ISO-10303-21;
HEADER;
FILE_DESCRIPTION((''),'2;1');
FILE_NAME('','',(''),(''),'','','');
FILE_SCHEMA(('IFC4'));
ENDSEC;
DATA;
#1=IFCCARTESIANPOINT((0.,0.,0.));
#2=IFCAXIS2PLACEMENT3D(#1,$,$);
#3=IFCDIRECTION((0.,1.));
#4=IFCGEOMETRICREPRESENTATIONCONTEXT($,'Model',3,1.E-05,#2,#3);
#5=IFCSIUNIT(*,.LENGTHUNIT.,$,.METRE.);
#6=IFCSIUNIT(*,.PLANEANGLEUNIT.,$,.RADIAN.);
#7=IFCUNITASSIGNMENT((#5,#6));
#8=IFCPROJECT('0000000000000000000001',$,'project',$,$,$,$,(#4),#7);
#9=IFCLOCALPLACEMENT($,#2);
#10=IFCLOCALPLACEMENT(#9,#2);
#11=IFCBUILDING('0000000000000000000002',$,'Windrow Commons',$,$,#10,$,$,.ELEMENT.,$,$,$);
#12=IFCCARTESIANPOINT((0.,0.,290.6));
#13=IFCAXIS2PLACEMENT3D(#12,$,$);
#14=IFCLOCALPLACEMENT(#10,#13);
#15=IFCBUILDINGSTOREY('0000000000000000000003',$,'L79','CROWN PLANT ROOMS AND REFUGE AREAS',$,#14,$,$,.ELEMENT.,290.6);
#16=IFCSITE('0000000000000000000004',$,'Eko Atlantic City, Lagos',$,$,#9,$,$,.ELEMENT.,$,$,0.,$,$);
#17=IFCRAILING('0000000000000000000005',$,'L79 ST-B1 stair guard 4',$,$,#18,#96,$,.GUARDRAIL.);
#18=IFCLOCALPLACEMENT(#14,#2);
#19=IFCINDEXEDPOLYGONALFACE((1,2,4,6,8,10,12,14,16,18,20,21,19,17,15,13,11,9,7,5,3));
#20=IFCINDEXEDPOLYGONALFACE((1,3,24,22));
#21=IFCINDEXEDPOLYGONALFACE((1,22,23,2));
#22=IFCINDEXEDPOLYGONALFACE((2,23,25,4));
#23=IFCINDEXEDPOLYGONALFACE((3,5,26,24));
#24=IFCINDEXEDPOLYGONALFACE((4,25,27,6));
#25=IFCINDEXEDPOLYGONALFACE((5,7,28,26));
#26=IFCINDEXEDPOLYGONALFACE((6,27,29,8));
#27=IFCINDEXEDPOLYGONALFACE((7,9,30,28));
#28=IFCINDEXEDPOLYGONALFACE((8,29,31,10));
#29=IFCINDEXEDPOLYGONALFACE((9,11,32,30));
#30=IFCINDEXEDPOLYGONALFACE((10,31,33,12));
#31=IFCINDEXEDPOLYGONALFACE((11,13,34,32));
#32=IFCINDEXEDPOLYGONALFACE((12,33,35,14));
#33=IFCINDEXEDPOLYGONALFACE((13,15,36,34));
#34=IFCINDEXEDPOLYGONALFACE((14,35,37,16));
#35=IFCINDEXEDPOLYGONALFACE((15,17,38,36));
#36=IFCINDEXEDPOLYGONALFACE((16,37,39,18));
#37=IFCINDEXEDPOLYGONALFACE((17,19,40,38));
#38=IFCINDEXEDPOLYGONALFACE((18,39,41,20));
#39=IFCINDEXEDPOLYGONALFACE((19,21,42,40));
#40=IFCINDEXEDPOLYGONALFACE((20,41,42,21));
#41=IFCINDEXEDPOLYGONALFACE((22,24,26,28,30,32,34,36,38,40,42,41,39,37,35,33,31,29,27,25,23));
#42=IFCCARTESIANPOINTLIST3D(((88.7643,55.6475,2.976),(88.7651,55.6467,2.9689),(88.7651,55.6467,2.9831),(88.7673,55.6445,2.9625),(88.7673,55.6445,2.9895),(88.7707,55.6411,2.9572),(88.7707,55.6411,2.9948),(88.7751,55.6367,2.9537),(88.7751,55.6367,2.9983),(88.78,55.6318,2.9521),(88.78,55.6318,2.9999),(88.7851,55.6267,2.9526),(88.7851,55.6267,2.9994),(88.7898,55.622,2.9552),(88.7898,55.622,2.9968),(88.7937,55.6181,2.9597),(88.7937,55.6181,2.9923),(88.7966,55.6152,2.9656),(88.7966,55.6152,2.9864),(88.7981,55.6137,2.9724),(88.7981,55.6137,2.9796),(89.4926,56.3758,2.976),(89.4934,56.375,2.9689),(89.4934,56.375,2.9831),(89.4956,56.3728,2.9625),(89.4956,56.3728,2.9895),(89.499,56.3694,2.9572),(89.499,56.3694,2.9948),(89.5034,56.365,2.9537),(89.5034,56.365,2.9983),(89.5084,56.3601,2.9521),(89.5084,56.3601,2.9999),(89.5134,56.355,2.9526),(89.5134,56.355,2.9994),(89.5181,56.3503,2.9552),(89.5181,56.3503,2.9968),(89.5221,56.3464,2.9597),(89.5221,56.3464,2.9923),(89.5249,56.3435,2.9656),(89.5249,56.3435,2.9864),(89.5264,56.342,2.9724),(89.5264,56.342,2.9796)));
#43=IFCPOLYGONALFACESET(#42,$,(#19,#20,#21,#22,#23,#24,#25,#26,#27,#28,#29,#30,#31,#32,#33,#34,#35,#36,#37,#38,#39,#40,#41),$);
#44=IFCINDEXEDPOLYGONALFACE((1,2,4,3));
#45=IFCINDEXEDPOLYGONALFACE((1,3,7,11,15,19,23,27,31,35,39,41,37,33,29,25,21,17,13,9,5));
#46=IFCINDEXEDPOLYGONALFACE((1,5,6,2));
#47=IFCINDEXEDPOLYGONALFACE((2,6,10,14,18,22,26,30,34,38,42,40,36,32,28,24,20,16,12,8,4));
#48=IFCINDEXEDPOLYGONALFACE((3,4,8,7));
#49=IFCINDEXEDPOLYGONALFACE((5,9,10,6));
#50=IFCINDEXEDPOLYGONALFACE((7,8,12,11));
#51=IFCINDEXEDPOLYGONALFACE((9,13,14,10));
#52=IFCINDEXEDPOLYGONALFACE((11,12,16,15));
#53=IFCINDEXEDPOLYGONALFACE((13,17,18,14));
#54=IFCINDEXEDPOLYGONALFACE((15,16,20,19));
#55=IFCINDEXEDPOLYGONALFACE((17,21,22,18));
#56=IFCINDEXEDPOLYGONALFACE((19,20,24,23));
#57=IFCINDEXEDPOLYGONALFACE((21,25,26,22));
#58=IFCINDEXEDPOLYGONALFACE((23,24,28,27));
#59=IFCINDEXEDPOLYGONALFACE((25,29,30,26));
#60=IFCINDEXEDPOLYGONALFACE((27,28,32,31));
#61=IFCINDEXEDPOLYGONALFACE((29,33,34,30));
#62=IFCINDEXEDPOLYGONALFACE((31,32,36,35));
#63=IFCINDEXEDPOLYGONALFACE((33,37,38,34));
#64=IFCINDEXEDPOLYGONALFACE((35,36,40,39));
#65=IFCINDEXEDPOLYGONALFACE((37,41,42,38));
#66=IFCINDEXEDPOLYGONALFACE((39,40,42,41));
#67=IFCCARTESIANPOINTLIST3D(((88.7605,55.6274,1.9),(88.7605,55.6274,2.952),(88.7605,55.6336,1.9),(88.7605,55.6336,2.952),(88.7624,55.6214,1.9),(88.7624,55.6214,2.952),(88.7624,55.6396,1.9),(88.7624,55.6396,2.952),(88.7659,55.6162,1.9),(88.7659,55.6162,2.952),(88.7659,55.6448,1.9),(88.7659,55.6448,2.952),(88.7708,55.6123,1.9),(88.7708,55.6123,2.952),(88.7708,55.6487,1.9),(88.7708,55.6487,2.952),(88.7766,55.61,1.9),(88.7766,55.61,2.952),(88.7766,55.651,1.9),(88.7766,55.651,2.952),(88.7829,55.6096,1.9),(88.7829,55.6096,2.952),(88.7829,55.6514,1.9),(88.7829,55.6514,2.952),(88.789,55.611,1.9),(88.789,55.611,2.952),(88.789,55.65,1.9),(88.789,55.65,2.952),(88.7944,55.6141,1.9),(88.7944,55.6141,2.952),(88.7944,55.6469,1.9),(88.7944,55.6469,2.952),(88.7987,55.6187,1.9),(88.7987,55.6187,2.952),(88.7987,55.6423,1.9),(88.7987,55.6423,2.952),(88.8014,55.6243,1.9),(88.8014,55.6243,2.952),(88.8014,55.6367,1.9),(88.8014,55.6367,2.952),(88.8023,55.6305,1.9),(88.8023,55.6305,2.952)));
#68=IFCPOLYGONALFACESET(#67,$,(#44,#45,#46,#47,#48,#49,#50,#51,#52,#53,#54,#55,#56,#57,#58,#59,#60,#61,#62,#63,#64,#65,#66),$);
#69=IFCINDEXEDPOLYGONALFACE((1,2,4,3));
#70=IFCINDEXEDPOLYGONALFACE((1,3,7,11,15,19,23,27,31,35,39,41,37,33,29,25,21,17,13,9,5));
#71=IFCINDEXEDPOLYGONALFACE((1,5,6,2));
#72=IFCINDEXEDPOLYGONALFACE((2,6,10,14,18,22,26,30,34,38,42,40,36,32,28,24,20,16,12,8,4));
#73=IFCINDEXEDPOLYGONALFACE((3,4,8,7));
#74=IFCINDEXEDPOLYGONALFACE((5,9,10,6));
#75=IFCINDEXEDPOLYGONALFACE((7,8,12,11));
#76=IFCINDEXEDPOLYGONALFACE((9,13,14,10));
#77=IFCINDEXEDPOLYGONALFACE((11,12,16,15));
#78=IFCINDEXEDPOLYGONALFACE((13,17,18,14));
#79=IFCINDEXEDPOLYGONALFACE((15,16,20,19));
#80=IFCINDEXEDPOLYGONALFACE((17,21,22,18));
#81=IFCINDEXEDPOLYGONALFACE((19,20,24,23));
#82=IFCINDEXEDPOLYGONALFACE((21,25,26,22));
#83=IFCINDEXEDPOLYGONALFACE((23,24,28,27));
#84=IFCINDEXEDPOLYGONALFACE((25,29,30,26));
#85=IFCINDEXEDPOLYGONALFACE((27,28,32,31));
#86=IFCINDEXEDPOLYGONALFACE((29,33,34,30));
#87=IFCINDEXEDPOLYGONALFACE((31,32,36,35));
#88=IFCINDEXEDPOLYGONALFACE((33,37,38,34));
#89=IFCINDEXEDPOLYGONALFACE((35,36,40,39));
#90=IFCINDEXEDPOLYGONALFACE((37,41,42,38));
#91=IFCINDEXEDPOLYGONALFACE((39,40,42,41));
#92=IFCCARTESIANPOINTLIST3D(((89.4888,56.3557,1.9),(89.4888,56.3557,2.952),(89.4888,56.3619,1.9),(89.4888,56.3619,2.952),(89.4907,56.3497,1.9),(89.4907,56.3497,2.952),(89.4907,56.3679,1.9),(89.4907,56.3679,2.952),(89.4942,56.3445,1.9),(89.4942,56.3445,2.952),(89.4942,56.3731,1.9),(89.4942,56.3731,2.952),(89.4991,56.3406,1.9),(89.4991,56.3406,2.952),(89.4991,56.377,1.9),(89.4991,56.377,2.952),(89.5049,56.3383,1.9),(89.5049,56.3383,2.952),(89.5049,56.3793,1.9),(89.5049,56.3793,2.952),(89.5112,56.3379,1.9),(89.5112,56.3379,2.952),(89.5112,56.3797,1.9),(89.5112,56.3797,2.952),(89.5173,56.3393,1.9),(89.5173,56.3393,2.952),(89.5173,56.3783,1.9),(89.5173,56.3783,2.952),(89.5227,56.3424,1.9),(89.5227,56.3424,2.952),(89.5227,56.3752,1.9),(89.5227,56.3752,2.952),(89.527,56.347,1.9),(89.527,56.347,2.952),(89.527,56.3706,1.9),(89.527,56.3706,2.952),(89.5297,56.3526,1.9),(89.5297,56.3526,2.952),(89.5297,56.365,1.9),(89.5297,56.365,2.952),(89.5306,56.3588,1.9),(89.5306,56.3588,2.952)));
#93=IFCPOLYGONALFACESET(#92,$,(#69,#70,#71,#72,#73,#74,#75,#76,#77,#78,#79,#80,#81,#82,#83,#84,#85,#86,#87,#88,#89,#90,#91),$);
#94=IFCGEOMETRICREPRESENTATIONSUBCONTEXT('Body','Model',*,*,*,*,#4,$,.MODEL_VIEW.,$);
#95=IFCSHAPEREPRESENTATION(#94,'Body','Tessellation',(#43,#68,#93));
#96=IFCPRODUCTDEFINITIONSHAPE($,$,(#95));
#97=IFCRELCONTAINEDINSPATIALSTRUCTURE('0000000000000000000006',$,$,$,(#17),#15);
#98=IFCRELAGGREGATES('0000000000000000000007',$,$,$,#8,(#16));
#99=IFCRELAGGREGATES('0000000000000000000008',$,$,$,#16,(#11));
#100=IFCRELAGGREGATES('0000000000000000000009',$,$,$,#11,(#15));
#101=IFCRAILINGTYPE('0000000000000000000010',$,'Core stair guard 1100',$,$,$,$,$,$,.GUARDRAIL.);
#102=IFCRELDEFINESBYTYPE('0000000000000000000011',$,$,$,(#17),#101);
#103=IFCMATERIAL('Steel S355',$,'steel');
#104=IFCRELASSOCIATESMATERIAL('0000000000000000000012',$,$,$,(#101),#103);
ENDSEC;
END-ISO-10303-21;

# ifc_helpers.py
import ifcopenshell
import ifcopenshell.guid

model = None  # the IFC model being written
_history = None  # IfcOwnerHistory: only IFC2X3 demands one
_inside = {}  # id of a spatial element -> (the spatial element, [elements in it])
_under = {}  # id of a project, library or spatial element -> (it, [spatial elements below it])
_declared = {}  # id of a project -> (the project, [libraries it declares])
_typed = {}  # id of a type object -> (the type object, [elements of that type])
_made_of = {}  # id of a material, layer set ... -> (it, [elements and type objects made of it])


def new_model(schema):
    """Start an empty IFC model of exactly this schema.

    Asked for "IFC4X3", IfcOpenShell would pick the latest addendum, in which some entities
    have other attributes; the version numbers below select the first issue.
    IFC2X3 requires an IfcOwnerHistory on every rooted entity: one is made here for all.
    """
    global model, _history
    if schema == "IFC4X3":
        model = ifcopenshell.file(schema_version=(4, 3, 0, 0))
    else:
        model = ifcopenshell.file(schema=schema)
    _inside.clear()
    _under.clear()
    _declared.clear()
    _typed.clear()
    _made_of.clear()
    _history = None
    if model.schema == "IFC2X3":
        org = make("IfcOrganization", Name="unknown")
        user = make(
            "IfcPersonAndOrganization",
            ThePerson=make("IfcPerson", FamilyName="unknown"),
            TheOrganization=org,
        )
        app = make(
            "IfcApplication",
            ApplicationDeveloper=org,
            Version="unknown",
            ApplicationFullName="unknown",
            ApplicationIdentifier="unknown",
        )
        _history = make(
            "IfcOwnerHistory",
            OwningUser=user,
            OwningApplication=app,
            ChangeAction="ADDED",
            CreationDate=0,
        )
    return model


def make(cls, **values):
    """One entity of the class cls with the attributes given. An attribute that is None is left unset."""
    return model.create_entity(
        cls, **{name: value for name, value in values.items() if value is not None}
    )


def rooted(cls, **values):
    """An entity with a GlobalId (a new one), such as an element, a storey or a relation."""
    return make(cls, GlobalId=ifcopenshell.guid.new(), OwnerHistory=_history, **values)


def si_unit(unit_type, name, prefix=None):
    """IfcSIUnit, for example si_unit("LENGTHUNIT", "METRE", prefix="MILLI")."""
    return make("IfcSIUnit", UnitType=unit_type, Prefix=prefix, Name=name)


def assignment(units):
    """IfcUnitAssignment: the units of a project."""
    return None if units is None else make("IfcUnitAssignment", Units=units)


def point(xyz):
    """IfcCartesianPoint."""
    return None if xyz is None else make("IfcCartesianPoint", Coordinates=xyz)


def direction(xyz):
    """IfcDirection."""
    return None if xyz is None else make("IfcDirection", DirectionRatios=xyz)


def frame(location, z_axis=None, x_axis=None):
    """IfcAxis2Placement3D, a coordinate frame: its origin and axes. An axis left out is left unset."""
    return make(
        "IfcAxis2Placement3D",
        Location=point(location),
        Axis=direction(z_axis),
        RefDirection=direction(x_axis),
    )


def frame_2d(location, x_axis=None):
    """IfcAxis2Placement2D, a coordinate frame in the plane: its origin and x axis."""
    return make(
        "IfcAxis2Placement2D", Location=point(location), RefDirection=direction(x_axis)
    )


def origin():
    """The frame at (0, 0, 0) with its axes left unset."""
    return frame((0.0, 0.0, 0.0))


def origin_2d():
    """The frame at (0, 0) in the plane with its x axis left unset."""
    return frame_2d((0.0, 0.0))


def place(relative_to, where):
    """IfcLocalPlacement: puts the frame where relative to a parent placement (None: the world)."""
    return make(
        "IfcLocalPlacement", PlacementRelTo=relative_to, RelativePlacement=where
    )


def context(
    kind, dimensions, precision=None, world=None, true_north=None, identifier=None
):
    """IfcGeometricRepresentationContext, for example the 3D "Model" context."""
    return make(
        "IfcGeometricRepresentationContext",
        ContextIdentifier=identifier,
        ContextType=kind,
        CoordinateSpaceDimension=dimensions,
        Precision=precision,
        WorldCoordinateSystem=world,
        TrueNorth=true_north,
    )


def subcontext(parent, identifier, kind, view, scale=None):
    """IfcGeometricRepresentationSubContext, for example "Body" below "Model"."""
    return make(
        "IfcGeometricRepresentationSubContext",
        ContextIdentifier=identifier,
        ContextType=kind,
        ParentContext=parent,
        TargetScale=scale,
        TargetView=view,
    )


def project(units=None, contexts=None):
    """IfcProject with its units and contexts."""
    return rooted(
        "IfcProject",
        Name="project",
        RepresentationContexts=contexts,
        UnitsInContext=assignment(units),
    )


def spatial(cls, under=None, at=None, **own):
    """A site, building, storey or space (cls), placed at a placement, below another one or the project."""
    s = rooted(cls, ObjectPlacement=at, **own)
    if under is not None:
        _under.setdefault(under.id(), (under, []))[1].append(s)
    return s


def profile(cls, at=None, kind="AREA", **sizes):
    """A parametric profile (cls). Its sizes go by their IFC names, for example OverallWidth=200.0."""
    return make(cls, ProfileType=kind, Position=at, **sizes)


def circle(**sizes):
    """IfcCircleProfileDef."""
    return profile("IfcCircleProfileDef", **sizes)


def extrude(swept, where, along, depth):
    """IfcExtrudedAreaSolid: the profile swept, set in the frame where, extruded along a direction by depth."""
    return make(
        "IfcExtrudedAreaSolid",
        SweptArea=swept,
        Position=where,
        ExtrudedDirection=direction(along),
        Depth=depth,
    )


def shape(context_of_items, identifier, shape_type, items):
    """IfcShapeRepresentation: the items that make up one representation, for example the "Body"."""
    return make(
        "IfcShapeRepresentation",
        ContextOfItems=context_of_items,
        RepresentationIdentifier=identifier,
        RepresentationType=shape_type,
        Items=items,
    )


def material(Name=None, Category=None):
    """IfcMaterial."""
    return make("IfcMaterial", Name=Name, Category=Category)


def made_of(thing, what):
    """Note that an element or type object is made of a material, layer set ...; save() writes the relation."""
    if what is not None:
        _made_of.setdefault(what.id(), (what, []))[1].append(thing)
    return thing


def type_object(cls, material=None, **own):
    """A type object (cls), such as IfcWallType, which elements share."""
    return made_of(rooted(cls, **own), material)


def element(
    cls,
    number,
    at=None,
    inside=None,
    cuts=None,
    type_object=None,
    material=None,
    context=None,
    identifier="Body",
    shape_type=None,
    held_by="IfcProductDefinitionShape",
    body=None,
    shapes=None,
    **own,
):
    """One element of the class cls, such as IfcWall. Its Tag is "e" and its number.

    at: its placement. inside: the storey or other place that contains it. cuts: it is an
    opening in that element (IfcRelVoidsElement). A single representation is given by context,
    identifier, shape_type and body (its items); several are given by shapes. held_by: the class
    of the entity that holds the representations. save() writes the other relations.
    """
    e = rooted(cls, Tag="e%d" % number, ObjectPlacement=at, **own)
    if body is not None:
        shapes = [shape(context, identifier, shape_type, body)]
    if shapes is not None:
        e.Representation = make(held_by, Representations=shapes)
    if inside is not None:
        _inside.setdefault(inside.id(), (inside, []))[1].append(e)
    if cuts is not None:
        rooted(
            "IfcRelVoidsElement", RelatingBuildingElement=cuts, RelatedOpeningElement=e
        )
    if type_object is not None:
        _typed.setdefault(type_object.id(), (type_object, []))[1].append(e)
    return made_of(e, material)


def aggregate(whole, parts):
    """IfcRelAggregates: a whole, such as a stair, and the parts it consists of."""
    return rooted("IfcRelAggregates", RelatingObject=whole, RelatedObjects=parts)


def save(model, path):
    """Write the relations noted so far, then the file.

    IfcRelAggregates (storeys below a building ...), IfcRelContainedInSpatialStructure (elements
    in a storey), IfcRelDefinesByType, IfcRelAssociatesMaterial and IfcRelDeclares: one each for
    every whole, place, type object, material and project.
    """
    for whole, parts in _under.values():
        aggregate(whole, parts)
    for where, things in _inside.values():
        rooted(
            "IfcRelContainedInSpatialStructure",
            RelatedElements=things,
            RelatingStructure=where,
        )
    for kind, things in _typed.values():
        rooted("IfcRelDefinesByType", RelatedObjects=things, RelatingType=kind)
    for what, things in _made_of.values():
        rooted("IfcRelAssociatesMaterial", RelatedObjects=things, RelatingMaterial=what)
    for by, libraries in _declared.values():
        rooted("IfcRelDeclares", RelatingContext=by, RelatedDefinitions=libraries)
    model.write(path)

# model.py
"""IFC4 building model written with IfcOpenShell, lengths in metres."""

from ifc_helpers import new_model, si_unit, direction, frame, origin, origin_2d, place, context, subcontext, project, spatial, circle, extrude, material, type_object, element, save


model = new_model("IFC4")

# Units and contexts
model_context = context("Model", 3, precision=1e-05, world=origin(), true_north=direction((0.0, 1.0)))
body_context = subcontext(model_context, "Body", "Model", "MODEL_VIEW")
ifc_project = project(units=[si_unit("LENGTHUNIT", "METRE"), si_unit("PLANEANGLEUNIT", "RADIAN")], contexts=[model_context])

# Site, building, storey
site_placement = place(None, origin())
site = spatial("IfcSite", under=ifc_project, at=site_placement, Name="Eko Atlantic City, Lagos", CompositionType="ELEMENT", RefElevation=0.0)
building_placement = place(site_placement, origin())
building = spatial("IfcBuilding", under=site, at=building_placement, Name="Windrow Commons", CompositionType="ELEMENT")
storey_placement = place(building_placement, frame((0.0, 0.0, 290.6)))
storey = spatial("IfcBuildingStorey", under=building, at=storey_placement, Name="L79", Description="CROWN PLANT ROOMS AND REFUGE AREAS", CompositionType="ELEMENT", Elevation=290.6)

# Railing
ifc_material_1 = material(Name="Steel S355", Category="steel")
railing_type_1 = type_object("IfcRailingType", Name="Core stair guard 1100", PredefinedType="GUARDRAIL", material=ifc_material_1)
railing_1_placement = place(storey_placement, frame((88.7813, 55.6305, 1.9)))
element("IfcRailing", 1, at=railing_1_placement, inside=storey, type_object=railing_type_1, Name="L79 ST-B1 stair guard 4", PredefinedType="GUARDRAIL", context=body_context, shape_type="SweptSolid", body=[
    extrude(circle(Radius=0.024, at=origin_2d()), frame((0.0, 0.0, 1.076), z_axis=(0.707107, 0.707107, 0.0), x_axis=(-0.707107, 0.707107, 0.0)), (0.0, 0.0, 1.0), 1.03),
    extrude(circle(Radius=0.021, at=origin_2d()), origin(), (0.0, 0.0, 1.0), 1.052),
    extrude(circle(Radius=0.021, at=origin_2d()), frame((0.7283, 0.7283, 0.0)), (0.0, 0.0, 1.0), 1.052),
])

save(model, "model.ifc")
